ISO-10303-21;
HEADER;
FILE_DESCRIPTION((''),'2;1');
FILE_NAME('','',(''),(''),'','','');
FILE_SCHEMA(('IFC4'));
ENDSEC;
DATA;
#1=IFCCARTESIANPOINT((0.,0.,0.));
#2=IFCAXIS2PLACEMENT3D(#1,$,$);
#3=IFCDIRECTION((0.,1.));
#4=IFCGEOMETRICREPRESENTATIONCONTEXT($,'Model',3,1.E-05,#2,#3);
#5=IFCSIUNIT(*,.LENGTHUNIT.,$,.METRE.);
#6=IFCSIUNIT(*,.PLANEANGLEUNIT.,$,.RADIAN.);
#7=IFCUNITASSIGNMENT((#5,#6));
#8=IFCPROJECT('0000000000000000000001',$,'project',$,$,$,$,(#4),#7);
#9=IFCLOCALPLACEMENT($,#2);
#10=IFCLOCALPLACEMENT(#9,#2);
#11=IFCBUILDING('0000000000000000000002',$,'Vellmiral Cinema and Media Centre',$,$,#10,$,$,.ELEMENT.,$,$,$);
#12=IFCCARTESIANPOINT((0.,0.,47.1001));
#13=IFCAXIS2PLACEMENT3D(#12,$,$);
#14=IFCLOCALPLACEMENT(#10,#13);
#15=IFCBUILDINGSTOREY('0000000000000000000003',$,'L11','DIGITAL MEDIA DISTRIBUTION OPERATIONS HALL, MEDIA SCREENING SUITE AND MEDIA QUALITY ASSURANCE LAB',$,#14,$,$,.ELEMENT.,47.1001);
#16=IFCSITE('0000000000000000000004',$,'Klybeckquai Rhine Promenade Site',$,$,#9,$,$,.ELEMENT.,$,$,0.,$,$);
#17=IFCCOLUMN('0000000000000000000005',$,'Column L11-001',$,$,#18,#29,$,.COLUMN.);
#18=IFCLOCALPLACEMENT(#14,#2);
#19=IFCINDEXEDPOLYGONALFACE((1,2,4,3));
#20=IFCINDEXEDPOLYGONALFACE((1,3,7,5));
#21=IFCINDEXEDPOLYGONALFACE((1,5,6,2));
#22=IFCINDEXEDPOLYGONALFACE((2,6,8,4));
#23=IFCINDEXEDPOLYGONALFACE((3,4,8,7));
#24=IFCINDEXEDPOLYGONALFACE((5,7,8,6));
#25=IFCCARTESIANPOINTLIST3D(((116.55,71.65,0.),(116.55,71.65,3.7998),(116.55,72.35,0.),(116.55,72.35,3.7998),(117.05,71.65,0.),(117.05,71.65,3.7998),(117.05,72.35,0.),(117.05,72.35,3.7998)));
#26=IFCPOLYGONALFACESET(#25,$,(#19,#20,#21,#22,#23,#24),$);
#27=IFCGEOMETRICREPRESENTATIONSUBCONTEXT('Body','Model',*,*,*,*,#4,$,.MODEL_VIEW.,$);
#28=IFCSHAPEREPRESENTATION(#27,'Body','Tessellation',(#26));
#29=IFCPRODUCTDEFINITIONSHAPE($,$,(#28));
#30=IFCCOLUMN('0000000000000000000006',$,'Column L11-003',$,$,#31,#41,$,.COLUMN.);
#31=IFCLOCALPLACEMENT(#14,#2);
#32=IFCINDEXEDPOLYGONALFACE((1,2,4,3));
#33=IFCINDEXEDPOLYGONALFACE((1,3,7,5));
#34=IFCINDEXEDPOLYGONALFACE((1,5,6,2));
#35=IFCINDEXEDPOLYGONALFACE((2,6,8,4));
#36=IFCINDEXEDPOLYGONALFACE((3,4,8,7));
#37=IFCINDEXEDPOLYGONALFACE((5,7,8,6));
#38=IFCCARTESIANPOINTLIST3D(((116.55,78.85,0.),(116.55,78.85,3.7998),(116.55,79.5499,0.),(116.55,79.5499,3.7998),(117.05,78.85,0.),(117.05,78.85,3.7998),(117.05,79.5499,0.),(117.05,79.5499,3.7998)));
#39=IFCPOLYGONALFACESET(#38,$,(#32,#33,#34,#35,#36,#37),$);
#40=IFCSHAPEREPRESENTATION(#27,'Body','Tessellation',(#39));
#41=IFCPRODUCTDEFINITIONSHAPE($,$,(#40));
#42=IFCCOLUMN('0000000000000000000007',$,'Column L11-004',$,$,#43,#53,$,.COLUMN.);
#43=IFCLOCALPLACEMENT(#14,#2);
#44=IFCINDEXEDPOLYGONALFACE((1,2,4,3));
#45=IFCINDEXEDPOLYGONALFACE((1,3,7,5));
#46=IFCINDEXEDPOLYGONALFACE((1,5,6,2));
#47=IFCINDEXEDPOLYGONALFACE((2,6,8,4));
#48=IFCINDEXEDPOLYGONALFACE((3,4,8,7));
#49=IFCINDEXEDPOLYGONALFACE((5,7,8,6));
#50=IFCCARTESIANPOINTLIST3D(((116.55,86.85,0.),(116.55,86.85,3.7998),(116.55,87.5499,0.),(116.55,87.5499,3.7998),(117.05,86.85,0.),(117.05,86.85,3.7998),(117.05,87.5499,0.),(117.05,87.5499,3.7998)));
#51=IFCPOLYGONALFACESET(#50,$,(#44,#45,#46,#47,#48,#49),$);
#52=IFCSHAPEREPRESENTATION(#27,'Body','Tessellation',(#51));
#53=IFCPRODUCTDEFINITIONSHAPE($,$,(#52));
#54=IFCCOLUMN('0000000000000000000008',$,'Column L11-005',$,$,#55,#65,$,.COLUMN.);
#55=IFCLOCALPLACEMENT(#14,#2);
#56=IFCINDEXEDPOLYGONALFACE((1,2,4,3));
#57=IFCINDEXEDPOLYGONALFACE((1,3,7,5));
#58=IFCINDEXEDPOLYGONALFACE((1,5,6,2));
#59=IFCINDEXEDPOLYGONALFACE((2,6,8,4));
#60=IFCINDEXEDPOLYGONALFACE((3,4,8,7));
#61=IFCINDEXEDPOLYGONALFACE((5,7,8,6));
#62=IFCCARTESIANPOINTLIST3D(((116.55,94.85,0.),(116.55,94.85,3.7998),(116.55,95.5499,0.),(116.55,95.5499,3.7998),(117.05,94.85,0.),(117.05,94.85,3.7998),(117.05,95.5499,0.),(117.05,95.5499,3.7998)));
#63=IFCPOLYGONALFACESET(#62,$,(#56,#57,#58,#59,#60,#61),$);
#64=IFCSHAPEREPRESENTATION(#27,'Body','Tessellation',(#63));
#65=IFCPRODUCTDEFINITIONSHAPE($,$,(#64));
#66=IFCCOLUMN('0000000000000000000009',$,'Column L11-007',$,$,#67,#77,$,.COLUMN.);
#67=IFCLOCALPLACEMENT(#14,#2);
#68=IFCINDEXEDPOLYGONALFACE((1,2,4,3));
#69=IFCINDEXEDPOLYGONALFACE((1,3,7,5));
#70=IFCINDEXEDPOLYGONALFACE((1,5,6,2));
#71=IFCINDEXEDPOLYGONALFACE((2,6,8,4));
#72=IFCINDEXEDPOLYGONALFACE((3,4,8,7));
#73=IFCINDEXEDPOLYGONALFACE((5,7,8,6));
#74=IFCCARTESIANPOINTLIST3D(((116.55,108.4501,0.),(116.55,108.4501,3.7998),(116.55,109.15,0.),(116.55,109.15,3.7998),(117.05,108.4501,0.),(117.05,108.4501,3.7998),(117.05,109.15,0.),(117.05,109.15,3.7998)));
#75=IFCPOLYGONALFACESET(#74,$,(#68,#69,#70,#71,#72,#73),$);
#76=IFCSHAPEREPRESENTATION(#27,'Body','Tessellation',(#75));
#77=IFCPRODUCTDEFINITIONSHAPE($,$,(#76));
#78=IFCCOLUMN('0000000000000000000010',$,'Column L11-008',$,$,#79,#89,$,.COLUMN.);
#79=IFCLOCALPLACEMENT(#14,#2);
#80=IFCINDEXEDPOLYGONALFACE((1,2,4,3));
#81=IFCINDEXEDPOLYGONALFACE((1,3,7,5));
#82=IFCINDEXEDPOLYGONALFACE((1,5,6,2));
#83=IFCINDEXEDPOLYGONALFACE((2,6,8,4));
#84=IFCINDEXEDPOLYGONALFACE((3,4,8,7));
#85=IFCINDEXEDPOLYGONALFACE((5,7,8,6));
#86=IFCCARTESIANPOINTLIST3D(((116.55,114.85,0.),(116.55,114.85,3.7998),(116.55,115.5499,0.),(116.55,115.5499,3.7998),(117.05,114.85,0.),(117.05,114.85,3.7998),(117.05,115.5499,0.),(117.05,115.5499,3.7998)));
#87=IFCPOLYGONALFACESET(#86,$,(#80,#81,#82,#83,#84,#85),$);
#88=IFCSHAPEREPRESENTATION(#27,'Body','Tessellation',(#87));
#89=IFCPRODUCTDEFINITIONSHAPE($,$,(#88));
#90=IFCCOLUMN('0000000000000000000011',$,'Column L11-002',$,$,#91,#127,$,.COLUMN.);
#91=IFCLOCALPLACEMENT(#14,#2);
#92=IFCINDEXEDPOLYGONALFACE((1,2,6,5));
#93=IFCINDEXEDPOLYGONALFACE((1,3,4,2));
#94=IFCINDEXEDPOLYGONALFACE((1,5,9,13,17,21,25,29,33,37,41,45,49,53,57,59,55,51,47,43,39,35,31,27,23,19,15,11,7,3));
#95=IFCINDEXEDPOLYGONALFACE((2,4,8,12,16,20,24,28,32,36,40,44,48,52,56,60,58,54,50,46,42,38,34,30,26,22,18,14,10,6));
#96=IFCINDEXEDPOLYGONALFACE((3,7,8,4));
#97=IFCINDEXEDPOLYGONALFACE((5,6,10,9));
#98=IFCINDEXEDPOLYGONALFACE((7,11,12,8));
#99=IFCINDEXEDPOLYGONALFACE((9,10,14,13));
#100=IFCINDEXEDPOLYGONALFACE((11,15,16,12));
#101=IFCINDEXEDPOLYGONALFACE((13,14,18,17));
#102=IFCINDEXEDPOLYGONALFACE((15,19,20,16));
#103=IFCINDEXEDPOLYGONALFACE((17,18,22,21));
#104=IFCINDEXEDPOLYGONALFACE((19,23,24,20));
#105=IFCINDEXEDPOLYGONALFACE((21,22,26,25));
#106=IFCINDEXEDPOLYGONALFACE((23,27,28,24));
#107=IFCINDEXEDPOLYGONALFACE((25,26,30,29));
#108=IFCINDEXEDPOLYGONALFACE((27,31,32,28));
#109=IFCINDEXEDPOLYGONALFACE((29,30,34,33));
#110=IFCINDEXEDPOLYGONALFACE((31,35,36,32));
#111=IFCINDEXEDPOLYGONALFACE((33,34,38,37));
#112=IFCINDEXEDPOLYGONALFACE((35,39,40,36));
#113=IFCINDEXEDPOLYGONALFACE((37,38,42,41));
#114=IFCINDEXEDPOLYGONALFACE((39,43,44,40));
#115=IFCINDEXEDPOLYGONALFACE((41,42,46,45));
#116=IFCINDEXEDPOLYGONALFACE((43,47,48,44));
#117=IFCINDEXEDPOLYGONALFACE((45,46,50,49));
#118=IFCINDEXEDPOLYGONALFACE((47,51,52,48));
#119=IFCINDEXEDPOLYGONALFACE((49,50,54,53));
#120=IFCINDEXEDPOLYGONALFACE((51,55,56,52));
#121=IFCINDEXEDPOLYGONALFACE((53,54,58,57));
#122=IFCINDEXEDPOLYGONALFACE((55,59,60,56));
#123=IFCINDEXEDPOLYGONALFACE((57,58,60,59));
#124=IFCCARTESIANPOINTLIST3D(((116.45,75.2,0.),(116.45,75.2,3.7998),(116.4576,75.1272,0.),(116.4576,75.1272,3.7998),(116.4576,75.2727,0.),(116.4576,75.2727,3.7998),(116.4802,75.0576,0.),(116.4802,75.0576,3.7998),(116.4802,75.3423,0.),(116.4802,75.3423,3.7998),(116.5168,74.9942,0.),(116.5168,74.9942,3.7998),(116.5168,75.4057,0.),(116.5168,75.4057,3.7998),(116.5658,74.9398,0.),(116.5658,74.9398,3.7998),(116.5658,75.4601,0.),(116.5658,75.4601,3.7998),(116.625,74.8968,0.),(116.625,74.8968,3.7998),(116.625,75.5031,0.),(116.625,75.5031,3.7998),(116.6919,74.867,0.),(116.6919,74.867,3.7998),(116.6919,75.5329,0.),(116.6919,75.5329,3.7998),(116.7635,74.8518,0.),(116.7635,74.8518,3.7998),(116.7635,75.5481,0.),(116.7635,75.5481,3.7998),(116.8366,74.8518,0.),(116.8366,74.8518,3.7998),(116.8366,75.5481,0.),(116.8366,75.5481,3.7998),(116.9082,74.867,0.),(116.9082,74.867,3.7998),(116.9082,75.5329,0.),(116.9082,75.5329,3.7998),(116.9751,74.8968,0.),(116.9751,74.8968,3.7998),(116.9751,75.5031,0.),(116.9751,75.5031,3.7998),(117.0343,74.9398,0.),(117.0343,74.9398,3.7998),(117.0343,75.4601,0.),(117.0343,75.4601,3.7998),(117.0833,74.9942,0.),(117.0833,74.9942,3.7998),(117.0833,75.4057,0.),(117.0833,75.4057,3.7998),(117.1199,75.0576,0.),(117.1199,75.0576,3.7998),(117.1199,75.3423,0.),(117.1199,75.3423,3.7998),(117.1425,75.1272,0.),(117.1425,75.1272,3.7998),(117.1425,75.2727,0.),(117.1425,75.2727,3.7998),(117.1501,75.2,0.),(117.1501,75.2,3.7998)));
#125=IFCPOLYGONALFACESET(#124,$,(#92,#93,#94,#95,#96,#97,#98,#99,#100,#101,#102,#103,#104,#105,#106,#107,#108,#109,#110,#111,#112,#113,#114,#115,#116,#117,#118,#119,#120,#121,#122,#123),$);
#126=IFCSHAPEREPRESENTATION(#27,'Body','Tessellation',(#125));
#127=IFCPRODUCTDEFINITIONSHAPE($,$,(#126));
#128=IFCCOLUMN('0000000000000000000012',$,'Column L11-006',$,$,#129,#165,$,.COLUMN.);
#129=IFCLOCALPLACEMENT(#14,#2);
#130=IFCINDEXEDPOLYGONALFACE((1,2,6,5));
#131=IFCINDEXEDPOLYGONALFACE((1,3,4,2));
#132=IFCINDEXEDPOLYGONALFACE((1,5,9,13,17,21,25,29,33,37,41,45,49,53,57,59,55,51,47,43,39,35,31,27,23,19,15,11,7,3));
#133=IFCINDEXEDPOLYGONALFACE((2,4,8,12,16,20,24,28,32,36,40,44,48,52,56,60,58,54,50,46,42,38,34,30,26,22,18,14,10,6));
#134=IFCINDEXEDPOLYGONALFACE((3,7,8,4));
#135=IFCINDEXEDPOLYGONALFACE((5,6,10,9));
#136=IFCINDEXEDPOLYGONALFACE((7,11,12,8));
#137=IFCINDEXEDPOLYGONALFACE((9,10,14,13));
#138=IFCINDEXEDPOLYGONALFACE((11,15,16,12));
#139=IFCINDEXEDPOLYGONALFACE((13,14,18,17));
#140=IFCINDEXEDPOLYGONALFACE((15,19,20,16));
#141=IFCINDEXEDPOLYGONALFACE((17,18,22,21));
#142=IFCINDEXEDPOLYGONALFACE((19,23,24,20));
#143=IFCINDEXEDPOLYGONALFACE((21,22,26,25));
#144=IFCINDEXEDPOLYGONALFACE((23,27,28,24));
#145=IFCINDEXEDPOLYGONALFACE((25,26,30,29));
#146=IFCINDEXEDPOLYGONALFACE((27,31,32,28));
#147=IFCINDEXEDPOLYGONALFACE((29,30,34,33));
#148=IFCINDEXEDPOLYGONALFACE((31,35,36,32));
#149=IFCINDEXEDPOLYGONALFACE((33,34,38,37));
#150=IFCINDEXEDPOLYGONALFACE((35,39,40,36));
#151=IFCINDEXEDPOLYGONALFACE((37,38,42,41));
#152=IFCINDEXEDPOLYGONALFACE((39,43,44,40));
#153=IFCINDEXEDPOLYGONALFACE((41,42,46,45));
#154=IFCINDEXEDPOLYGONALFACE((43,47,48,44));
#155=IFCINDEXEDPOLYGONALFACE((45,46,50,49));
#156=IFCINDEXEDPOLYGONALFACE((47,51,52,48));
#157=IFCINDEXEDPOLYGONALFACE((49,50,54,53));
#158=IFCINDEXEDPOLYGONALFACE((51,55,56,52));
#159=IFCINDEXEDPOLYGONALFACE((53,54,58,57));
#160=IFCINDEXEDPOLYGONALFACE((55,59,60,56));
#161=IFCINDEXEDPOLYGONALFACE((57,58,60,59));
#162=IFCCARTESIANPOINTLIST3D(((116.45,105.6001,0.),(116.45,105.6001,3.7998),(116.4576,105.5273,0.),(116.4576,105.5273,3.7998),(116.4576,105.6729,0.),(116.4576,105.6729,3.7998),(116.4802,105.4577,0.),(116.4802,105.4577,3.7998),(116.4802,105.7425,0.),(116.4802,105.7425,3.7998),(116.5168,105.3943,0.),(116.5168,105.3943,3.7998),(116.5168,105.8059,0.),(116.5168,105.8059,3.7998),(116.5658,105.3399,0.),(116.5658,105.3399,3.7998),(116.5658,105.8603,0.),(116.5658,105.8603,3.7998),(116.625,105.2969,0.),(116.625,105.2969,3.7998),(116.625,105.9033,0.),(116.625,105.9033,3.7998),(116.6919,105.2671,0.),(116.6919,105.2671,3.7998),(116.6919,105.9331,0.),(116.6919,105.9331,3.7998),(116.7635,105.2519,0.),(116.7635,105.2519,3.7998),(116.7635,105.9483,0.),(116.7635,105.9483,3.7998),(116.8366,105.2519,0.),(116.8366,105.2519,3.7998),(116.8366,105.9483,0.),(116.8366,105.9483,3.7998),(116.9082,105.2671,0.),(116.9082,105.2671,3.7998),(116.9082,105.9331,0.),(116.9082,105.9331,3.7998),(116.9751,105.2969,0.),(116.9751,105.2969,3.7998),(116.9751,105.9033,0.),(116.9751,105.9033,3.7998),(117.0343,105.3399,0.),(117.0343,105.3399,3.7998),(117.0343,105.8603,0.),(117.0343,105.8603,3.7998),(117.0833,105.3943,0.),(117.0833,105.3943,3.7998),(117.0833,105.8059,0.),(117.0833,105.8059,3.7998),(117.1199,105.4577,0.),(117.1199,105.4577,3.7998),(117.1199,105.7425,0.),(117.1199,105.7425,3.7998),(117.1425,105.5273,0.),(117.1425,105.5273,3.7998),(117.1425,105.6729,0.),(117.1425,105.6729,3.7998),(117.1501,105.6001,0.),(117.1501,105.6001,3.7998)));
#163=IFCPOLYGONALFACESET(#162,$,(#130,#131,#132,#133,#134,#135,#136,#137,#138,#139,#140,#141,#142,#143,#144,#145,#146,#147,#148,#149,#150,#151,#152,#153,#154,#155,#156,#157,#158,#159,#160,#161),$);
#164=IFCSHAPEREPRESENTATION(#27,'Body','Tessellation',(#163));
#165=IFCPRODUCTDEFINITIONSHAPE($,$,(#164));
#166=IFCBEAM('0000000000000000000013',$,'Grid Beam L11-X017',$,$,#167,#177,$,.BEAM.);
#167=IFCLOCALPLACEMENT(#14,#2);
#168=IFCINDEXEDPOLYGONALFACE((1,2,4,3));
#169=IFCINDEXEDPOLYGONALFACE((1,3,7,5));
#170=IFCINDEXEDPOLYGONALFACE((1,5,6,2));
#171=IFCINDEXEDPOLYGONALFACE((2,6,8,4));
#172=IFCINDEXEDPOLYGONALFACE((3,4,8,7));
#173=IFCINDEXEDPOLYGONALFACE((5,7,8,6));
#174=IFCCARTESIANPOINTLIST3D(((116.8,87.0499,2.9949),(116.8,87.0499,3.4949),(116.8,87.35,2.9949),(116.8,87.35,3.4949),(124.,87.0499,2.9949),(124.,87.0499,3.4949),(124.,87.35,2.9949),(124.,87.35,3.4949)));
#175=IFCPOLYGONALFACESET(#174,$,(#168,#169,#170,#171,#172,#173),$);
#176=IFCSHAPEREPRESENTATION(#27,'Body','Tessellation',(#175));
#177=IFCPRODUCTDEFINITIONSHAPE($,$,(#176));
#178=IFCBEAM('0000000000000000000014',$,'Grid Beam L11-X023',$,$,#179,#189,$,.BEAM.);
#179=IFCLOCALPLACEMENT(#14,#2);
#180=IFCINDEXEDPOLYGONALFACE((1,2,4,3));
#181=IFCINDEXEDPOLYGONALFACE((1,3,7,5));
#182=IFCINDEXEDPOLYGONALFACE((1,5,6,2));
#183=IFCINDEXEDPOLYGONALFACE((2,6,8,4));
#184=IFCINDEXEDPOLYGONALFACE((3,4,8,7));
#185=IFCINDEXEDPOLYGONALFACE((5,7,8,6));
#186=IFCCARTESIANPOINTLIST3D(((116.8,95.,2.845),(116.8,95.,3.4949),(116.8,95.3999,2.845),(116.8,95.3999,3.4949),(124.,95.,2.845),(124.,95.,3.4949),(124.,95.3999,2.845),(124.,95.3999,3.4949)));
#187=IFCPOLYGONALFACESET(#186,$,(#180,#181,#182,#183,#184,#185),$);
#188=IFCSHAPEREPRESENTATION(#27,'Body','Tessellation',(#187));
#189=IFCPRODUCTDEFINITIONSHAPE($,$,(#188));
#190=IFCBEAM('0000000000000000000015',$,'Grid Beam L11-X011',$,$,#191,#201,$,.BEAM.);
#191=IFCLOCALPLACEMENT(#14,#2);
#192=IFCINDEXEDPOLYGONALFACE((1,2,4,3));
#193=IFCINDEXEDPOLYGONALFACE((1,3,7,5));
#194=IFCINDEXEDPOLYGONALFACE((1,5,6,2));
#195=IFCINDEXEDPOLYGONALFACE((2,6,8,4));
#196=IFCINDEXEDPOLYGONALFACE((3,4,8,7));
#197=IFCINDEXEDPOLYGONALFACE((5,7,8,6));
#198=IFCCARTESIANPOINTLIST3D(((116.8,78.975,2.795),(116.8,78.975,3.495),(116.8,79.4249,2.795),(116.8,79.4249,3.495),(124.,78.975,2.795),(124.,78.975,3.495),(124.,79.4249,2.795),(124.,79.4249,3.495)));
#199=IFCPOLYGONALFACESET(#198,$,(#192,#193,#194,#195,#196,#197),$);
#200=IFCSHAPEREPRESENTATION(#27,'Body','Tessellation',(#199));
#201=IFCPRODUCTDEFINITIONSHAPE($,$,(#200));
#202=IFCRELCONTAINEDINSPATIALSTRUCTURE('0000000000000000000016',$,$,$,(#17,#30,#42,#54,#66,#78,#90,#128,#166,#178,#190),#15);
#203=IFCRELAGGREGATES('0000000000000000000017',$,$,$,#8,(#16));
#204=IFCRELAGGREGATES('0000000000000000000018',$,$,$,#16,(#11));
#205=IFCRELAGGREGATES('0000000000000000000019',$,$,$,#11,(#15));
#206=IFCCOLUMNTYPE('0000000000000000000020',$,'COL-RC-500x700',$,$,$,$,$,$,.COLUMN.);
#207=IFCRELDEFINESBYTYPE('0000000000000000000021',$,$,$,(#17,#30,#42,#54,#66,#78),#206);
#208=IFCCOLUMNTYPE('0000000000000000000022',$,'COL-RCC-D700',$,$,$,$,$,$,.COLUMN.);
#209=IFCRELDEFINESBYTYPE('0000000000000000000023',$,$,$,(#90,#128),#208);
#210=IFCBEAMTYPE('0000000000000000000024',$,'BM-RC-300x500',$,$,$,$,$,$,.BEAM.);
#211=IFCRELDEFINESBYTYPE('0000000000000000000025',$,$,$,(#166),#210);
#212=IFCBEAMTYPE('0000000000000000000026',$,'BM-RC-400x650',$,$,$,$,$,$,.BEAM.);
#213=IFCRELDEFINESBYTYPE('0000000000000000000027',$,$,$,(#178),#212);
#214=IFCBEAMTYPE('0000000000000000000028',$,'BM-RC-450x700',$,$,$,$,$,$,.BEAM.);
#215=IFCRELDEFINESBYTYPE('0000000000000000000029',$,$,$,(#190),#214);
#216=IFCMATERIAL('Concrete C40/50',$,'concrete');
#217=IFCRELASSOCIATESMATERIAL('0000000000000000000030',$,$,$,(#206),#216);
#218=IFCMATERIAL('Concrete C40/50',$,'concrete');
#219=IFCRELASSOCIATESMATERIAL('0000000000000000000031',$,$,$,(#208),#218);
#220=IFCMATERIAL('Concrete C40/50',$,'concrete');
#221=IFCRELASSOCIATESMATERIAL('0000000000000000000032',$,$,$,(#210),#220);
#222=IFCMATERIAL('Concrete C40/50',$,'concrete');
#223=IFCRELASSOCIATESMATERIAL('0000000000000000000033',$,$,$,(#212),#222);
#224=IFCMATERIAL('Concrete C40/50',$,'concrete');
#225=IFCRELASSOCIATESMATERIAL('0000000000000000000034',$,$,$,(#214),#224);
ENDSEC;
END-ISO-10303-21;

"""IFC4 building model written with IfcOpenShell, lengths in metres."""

from ifc_helpers import new_model, si_unit, direction, frame, origin, origin_2d, place, context, subcontext, project, spatial, rectangle, circle, extrude, material, material_profile, profile_set, type_object, element, save


model = new_model("IFC4")

# Units and contexts
model_context = context("Model", 3, precision=1e-05, world=origin(), true_north=direction((0.0, 1.0)))
body_context = subcontext(model_context, "Body", "Model", "MODEL_VIEW")
ifc_project = project(units=[si_unit("LENGTHUNIT", "METRE"), si_unit("PLANEANGLEUNIT", "RADIAN")], contexts=[model_context])

# Site, building, storey
site_placement = place(None, origin())
site = spatial("IfcSite", under=ifc_project, at=site_placement, Name="Klybeckquai Rhine Promenade Site", CompositionType="ELEMENT", RefElevation=0.0)
building_placement = place(site_placement, origin())
building = spatial("IfcBuilding", under=site, at=building_placement, Name="Vellmiral Cinema and Media Centre", CompositionType="ELEMENT")
storey_placement = place(building_placement, frame((0.0, 0.0, 47.1001)))
storey = spatial("IfcBuildingStorey", under=building, at=storey_placement, Name="L11", Description="DIGITAL MEDIA DISTRIBUTION OPERATIONS HALL, MEDIA SCREENING SUITE AND MEDIA QUALITY ASSURANCE LAB", CompositionType="ELEMENT", Elevation=47.1001)

# Columns
ifc_material_1 = material(Name="Concrete C40/50", Category="concrete")
ifc_material_profile_1 = material_profile(ifc_material_1, rectangle(XDim=0.5, YDim=0.7, at=origin_2d()), Name="RC 500x700")
ifc_profile_set_1 = profile_set([ifc_material_profile_1], Name="Concrete C40/50")
column_type_1 = type_object("IfcColumnType", Name="COL-RC-500x700", PredefinedType="COLUMN", material=ifc_profile_set_1)
for number, where, z_axis, x_axis, name in (
    (1, (116.8, 72.0, 0.0), (0.0, 0.0, 1.0), (1.0, 0.0, 0.0), "Column L11-001"),
    (2, (116.8, 79.2, 0.0), (0.0, 0.0, 1.0), (1.0, 0.0, 0.0), "Column L11-003"),
    (3, (116.8, 87.2, 0.0), (0.0, 0.0, 1.0), (1.0, 0.0, 0.0), "Column L11-004"),
    (4, (116.8, 95.2, 0.0), (0.0, 0.0, 1.0), (1.0, 0.0, 0.0), "Column L11-005"),
    (5, (116.8, 108.8, 0.0), (0.0, 0.0, 1.0), (1.0, 0.0, 0.0), "Column L11-007"),
    (6, (116.8, 115.2, 0.0), (0.0, 0.0, 1.0), (1.0, 0.0, 0.0), "Column L11-008"),
):
    element("IfcColumn", number, at=place(storey_placement, frame(where, z_axis=z_axis, x_axis=x_axis)), inside=storey, type_object=column_type_1, Name=name, PredefinedType="COLUMN", context=body_context, shape_type="SweptSolid", body=[
        extrude(rectangle(XDim=0.5, YDim=0.7, at=origin_2d()), origin(), (0.0, 0.0, 1.0), 3.7998),
    ])
ifc_material_2 = material(Name="Concrete C40/50", Category="concrete")
ifc_material_profile_2 = material_profile(ifc_material_2, circle(Radius=0.3501, at=origin_2d()), Name="RC D700")
ifc_profile_set_2 = profile_set([ifc_material_profile_2], Name="Concrete C40/50")
column_type_2 = type_object("IfcColumnType", Name="COL-RCC-D700", PredefinedType="COLUMN", material=ifc_profile_set_2)
for number, where, z_axis, x_axis, name in (
    (7, (116.8, 75.2, 0.0), (0.0, 0.0, 1.0), (1.0, 0.0, 0.0), "Column L11-002"),
    (8, (116.8, 105.6001, 0.0), (0.0, 0.0, 1.0), (1.0, 0.0, 0.0), "Column L11-006"),
):
    element("IfcColumn", number, at=place(storey_placement, frame(where, z_axis=z_axis, x_axis=x_axis)), inside=storey, type_object=column_type_2, Name=name, PredefinedType="COLUMN", context=body_context, shape_type="SweptSolid", body=[
        extrude(circle(Radius=0.3501, at=origin_2d()), origin(), (0.0, 0.0, 1.0), 3.7998),
    ])

# Beams
ifc_material_3 = material(Name="Concrete C40/50", Category="concrete")
ifc_material_profile_3 = material_profile(ifc_material_3, rectangle(XDim=0.3, YDim=0.5, at=origin_2d()), Name="RC 300x500")
ifc_profile_set_3 = profile_set([ifc_material_profile_3], Name="Concrete C40/50")
beam_type_1 = type_object("IfcBeamType", Name="BM-RC-300x500", PredefinedType="BEAM", material=ifc_profile_set_3)
beam_1_placement = place(storey_placement, frame((116.8, 87.2, 3.2449), z_axis=(1.0, 0.0, 0.0), x_axis=(0.0, 1.0, 0.0)))
element("IfcBeam", 9, at=beam_1_placement, inside=storey, type_object=beam_type_1, Name="Grid Beam L11-X017", PredefinedType="BEAM", context=body_context, shape_type="SweptSolid", body=[
    extrude(rectangle(XDim=0.3, YDim=0.5, at=origin_2d()), origin(), (0.0, 0.0, 1.0), 7.2),
])
ifc_material_4 = material(Name="Concrete C40/50", Category="concrete")
ifc_material_profile_4 = material_profile(ifc_material_4, rectangle(XDim=0.3999, YDim=0.6499, at=origin_2d()), Name="RC 400x650")
ifc_profile_set_4 = profile_set([ifc_material_profile_4], Name="Concrete C40/50")
beam_type_2 = type_object("IfcBeamType", Name="BM-RC-400x650", PredefinedType="BEAM", material=ifc_profile_set_4)
beam_2_placement = place(storey_placement, frame((116.8, 95.2, 3.1699), z_axis=(1.0, 0.0, 0.0), x_axis=(0.0, 1.0, 0.0)))
element("IfcBeam", 10, at=beam_2_placement, inside=storey, type_object=beam_type_2, Name="Grid Beam L11-X023", PredefinedType="BEAM", context=body_context, shape_type="SweptSolid", body=[
    extrude(rectangle(XDim=0.3999, YDim=0.6499, at=origin_2d()), origin(), (0.0, 0.0, 1.0), 7.2),
])
ifc_material_5 = material(Name="Concrete C40/50", Category="concrete")
ifc_material_profile_5 = material_profile(ifc_material_5, rectangle(XDim=0.45, YDim=0.7, at=origin_2d()), Name="RC 450x700")
ifc_profile_set_5 = profile_set([ifc_material_profile_5], Name="Concrete C40/50")
beam_type_3 = type_object("IfcBeamType", Name="BM-RC-450x700", PredefinedType="BEAM", material=ifc_profile_set_5)
beam_3_placement = place(storey_placement, frame((116.8, 79.2, 3.145), z_axis=(1.0, 0.0, 0.0), x_axis=(0.0, 1.0, 0.0)))
element("IfcBeam", 11, at=beam_3_placement, inside=storey, type_object=beam_type_3, Name="Grid Beam L11-X011", PredefinedType="BEAM", context=body_context, shape_type="SweptSolid", body=[
    extrude(rectangle(XDim=0.45, YDim=0.7, at=origin_2d()), origin(), (0.0, 0.0, 1.0), 7.2),
])

save(model, "model.ifc")
